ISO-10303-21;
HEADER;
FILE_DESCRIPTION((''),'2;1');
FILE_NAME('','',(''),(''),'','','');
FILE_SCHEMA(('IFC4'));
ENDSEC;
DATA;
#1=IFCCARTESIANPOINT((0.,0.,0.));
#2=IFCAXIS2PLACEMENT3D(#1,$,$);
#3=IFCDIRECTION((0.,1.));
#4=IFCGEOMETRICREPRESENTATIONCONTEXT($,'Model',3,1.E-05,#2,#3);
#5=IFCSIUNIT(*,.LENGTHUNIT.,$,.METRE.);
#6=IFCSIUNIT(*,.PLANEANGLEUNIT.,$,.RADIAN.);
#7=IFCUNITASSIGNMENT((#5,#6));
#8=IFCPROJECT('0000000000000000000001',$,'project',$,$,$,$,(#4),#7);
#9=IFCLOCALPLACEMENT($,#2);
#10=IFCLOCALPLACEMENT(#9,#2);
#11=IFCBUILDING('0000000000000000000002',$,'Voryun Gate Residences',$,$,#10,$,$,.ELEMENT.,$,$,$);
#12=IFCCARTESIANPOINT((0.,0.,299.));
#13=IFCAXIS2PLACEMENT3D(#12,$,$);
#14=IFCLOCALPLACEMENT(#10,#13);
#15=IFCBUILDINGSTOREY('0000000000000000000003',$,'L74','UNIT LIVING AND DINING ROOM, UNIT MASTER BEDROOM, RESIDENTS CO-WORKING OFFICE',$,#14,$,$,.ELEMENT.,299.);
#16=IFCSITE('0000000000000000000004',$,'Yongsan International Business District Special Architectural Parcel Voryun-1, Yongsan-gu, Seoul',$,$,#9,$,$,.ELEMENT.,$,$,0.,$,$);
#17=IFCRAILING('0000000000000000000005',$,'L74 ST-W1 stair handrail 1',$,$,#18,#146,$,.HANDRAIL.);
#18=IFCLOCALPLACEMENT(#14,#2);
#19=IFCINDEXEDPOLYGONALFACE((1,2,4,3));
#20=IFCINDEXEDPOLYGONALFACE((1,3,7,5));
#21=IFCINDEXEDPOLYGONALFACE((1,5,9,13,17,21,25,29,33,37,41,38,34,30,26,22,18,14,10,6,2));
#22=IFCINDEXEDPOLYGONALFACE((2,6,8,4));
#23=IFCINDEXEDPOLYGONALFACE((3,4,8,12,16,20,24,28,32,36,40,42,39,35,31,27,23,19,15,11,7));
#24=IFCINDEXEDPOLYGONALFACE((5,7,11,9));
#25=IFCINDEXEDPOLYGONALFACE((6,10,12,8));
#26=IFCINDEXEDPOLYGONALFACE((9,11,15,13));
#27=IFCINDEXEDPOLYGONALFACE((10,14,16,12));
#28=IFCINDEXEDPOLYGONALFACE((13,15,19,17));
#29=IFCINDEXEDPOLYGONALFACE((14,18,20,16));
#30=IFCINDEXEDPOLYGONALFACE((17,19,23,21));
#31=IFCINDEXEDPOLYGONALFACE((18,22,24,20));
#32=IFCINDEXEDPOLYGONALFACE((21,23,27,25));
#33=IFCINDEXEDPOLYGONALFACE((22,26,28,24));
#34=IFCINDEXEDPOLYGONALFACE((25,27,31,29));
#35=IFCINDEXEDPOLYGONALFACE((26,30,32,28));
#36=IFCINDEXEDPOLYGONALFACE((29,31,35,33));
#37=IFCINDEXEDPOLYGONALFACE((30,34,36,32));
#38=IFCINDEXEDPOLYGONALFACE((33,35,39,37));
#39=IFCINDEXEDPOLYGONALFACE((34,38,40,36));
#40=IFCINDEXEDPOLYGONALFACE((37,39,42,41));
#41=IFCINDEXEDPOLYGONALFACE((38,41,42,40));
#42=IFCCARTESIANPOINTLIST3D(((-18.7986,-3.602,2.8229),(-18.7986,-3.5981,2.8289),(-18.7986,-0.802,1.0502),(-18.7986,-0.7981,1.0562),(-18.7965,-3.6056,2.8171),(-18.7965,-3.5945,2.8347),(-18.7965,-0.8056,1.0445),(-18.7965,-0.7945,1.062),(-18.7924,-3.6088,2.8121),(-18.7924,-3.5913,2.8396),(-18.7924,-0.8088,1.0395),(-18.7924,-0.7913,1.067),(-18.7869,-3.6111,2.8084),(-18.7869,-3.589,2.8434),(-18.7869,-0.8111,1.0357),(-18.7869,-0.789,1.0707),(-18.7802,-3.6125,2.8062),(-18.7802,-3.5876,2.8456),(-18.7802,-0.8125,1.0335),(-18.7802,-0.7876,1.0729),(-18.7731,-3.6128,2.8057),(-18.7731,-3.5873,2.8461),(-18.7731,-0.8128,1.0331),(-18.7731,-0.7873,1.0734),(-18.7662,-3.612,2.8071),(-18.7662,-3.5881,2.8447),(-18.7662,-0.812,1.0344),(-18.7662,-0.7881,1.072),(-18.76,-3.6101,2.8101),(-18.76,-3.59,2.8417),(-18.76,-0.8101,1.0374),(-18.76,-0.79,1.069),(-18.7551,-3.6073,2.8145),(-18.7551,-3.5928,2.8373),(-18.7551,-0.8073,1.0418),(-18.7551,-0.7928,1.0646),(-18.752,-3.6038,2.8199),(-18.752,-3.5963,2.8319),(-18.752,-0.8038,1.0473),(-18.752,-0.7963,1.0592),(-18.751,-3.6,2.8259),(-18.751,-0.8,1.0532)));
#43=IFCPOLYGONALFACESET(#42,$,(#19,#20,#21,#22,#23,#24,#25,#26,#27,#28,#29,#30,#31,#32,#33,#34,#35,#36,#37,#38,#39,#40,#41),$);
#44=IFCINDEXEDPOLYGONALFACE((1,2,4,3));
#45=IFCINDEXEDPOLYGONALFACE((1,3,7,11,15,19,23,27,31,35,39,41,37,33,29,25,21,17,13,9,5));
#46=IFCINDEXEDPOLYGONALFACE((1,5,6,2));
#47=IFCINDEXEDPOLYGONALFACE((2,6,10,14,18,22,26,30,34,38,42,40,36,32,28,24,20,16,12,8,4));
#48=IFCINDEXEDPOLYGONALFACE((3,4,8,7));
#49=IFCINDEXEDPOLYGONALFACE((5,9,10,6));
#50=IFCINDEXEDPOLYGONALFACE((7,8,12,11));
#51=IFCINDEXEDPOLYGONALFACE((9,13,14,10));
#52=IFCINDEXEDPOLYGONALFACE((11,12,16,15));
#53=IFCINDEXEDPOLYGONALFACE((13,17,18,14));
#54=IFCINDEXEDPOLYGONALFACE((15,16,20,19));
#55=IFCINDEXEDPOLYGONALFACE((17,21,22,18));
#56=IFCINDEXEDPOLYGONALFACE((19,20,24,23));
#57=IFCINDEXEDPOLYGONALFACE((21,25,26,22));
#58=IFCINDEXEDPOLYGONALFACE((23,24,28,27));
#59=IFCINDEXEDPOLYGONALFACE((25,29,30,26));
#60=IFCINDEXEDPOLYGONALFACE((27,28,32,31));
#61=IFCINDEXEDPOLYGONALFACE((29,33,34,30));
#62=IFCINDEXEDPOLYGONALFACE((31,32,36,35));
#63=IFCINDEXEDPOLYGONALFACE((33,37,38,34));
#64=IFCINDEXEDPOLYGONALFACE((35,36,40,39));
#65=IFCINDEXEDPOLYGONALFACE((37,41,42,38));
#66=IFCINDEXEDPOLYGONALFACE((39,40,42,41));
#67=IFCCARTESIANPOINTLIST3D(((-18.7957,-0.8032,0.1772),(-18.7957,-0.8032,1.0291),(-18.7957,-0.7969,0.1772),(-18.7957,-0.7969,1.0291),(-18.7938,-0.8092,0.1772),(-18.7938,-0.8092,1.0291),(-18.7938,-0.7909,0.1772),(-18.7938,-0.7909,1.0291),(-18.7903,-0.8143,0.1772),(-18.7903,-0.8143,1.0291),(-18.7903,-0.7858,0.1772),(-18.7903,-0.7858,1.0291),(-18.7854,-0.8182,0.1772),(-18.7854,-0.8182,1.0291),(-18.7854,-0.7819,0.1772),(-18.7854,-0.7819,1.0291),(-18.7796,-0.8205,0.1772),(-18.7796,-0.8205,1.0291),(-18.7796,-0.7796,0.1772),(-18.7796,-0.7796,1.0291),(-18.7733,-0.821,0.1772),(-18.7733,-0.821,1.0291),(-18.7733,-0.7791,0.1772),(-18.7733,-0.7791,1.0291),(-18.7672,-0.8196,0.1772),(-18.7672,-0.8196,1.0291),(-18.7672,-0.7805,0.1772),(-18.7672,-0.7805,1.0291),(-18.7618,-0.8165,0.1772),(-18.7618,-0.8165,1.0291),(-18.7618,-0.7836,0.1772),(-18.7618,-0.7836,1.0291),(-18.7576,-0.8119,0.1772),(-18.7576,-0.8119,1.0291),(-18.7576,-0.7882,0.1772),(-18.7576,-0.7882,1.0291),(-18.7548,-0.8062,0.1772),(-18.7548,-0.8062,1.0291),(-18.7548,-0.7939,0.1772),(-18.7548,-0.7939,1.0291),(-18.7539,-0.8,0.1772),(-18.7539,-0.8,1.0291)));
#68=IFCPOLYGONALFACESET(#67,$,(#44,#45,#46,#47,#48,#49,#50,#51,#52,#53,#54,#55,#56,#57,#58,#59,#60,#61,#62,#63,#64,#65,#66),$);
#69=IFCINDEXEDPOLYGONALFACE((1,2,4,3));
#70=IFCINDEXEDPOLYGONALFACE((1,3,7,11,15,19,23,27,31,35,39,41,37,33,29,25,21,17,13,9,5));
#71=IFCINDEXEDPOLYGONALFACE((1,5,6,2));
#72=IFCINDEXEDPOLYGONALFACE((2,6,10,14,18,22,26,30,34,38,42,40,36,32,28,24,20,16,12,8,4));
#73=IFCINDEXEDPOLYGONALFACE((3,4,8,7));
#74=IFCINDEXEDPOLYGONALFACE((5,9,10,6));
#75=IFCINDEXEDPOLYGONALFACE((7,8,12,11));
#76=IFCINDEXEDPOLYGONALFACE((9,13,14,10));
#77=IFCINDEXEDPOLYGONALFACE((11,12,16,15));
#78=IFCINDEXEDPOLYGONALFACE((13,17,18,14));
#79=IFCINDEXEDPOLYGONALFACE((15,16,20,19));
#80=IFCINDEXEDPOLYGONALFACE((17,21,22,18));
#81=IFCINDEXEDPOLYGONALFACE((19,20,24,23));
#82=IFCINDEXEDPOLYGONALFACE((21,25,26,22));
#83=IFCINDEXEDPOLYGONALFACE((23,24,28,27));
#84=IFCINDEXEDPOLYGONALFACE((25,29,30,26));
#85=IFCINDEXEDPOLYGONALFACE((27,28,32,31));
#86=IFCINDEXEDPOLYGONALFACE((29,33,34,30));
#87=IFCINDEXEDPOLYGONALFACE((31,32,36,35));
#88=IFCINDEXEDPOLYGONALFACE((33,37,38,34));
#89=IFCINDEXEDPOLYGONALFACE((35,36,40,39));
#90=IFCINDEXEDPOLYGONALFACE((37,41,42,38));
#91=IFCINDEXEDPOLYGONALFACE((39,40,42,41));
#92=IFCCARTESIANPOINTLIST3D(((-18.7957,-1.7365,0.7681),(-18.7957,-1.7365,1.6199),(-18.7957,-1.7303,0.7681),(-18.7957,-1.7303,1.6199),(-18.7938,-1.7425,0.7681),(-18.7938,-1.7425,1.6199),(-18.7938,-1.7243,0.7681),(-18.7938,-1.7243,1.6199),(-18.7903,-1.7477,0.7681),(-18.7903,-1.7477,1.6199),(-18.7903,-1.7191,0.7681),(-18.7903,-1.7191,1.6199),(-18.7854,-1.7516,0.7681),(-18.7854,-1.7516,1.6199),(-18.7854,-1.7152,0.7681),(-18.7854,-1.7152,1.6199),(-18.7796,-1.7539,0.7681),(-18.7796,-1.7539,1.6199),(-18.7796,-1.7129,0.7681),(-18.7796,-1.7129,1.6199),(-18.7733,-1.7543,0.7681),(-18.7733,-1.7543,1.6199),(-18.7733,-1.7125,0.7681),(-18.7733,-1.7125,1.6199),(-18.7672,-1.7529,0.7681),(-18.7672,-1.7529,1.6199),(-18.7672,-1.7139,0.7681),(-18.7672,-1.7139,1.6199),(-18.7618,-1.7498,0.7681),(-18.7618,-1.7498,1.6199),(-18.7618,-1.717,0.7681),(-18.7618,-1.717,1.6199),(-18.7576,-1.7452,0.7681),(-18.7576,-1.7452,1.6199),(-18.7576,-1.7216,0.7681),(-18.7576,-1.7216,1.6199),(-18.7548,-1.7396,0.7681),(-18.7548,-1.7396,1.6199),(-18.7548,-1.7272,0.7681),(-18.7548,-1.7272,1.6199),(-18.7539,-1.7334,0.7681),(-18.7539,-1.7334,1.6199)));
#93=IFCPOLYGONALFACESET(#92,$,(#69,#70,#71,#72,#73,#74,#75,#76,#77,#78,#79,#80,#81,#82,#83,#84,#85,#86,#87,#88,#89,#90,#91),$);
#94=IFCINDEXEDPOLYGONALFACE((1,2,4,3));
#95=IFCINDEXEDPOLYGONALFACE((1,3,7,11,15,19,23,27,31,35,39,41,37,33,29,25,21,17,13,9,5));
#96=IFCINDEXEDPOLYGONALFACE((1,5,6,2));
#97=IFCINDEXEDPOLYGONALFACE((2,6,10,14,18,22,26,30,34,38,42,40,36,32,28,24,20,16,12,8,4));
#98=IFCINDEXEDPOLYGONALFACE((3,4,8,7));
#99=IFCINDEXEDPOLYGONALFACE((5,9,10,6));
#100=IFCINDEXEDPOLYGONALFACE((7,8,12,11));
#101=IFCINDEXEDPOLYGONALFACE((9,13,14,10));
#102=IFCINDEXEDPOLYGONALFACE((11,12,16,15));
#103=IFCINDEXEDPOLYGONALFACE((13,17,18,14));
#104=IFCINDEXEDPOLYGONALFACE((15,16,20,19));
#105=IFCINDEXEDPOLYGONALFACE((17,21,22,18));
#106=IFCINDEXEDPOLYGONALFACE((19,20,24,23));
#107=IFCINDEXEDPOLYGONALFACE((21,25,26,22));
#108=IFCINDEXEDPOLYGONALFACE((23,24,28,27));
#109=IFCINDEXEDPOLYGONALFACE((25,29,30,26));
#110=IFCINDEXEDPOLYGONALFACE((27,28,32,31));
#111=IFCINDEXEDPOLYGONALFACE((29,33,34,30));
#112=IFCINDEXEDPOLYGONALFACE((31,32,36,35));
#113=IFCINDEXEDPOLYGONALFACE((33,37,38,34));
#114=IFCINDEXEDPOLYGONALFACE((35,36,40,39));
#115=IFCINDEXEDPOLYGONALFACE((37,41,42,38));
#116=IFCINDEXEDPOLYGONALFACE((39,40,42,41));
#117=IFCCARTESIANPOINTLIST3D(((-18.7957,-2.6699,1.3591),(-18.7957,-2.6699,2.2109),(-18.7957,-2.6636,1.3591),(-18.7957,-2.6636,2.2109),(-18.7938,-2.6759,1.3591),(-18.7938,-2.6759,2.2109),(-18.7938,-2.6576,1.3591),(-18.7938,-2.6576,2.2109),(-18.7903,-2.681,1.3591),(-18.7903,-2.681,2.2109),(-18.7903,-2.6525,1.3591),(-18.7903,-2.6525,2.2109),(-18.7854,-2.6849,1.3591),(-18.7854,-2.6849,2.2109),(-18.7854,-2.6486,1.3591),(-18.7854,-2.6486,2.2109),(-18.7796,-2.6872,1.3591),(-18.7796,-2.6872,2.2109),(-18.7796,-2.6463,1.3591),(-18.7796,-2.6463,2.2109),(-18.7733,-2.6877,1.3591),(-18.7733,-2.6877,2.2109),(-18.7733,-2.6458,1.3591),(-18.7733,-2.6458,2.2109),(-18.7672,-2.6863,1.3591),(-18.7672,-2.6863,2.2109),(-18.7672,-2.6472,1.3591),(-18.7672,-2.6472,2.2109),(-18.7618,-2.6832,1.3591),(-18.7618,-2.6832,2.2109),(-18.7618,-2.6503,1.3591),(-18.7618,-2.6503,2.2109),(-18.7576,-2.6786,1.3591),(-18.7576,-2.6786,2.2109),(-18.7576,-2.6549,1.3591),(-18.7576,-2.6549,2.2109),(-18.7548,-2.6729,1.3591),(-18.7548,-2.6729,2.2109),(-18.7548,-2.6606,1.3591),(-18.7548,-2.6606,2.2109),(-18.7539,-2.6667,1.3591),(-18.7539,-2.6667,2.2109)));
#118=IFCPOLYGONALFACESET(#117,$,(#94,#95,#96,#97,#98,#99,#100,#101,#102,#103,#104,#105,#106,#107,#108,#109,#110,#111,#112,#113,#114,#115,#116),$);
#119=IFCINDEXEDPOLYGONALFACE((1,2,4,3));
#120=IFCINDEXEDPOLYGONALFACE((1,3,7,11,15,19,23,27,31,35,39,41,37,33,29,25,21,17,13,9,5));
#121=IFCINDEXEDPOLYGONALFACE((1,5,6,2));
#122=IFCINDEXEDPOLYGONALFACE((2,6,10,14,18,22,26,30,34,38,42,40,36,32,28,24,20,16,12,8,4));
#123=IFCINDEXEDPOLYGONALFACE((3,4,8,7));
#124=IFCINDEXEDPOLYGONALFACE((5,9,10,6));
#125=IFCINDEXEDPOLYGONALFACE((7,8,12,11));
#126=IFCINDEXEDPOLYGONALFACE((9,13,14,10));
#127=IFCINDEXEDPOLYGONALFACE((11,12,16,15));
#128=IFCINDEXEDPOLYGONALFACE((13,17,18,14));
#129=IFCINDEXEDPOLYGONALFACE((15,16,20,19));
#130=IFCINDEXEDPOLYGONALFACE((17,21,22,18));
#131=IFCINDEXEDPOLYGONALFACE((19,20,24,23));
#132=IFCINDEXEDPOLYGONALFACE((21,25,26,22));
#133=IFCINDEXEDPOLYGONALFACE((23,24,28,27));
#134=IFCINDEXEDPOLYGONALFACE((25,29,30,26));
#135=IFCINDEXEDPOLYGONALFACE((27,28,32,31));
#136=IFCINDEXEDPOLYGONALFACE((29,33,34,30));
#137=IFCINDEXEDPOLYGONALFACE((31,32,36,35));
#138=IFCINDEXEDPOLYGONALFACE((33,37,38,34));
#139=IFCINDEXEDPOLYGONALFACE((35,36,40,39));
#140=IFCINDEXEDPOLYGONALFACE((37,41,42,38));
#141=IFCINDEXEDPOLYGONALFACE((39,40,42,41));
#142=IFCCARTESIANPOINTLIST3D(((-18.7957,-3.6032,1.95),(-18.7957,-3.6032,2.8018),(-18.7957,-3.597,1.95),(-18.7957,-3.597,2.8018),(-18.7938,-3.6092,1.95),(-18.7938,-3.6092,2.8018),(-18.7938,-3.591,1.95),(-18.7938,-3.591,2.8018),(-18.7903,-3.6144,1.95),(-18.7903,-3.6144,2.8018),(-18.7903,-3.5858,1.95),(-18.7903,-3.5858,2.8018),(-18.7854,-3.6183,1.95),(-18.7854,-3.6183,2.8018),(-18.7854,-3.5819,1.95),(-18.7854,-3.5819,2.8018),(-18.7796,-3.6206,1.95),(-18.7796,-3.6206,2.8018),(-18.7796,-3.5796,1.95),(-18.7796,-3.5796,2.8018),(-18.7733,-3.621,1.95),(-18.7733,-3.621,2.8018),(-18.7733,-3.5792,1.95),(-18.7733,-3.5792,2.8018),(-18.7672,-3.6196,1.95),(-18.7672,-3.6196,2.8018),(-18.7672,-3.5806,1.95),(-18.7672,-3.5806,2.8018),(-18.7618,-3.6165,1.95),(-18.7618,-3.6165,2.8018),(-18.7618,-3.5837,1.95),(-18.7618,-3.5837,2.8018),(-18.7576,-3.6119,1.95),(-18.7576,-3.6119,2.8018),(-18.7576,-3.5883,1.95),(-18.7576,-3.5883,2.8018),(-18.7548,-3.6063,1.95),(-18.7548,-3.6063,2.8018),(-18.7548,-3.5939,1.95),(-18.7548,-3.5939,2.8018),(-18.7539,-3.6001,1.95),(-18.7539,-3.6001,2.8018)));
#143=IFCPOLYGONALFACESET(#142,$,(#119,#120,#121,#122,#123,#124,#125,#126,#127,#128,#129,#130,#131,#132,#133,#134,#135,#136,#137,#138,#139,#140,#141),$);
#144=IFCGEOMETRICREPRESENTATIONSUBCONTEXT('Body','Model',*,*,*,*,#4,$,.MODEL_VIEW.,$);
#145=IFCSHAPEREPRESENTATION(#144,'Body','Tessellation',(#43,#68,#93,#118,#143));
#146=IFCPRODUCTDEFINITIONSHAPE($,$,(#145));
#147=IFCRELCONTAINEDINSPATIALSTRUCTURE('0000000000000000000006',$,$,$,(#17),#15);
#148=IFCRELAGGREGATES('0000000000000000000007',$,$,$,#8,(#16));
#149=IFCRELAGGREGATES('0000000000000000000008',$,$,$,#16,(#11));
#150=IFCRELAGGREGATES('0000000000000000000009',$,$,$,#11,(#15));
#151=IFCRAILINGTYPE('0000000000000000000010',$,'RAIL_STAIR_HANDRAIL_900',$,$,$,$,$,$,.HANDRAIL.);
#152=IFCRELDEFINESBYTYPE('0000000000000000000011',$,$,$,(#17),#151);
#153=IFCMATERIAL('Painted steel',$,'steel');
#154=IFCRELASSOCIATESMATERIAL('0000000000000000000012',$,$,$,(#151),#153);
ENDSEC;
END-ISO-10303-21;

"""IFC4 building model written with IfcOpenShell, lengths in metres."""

from ifc_helpers import new_model, si_unit, direction, frame, origin, origin_2d, place, context, subcontext, project, spatial, circle, extrude, material, type_object, element, save


model = new_model("IFC4")

# Units and contexts
model_context = context("Model", 3, precision=1e-05, world=origin(), true_north=direction((0.0, 1.0)))
body_context = subcontext(model_context, "Body", "Model", "MODEL_VIEW")
ifc_project = project(units=[si_unit("LENGTHUNIT", "METRE"), si_unit("PLANEANGLEUNIT", "RADIAN")], contexts=[model_context])

# Site, building, storey
site_placement = place(None, origin())
site = spatial("IfcSite", under=ifc_project, at=site_placement, Name="Yongsan International Business District Special Architectural Parcel Voryun-1, Yongsan-gu, Seoul", CompositionType="ELEMENT", RefElevation=0.0)
building_placement = place(site_placement, origin())
building = spatial("IfcBuilding", under=site, at=building_placement, Name="Voryun Gate Residences", CompositionType="ELEMENT")
storey_placement = place(building_placement, frame((0.0, 0.0, 299.0)))
storey = spatial("IfcBuildingStorey", under=building, at=storey_placement, Name="L74", Description="UNIT LIVING AND DINING ROOM, UNIT MASTER BEDROOM, RESIDENTS CO-WORKING OFFICE", CompositionType="ELEMENT", Elevation=299.0)

# Railing
ifc_material_1 = material(Name="Painted steel", Category="steel")
railing_type_1 = type_object("IfcRailingType", Name="RAIL_STAIR_HANDRAIL_900", PredefinedType="HANDRAIL", material=ifc_material_1)
railing_1_placement = place(storey_placement, frame((-18.7749, -0.8, 0.1772)))
element("IfcRailing", 1, at=railing_1_placement, inside=storey, type_object=railing_type_1, Name="L74 ST-W1 stair handrail 1", PredefinedType="HANDRAIL", context=body_context, shape_type="SweptSolid", body=[
    extrude(circle(Radius=0.0239, at=origin_2d()), frame((0.0, 0.0, 0.876), z_axis=(0.0, -0.844909, 0.53491), x_axis=(1.0, 0.0, 0.0)), (0.0, 0.0, 1.0), 3.314),
    extrude(circle(Radius=0.021, at=origin_2d()), origin(), (0.0, 0.0, 1.0), 0.8518),
    extrude(circle(Radius=0.021, at=origin_2d()), frame((0.0, -0.9333, 0.5908)), (0.0, 0.0, 1.0), 0.8518),
    extrude(circle(Radius=0.021, at=origin_2d()), frame((0.0, -1.8667, 1.1819)), (0.0, 0.0, 1.0), 0.8518),
    extrude(circle(Radius=0.021, at=origin_2d()), frame((0.0, -2.8, 1.7727)), (0.0, 0.0, 1.0), 0.8518),
])

save(model, "model.ifc")
